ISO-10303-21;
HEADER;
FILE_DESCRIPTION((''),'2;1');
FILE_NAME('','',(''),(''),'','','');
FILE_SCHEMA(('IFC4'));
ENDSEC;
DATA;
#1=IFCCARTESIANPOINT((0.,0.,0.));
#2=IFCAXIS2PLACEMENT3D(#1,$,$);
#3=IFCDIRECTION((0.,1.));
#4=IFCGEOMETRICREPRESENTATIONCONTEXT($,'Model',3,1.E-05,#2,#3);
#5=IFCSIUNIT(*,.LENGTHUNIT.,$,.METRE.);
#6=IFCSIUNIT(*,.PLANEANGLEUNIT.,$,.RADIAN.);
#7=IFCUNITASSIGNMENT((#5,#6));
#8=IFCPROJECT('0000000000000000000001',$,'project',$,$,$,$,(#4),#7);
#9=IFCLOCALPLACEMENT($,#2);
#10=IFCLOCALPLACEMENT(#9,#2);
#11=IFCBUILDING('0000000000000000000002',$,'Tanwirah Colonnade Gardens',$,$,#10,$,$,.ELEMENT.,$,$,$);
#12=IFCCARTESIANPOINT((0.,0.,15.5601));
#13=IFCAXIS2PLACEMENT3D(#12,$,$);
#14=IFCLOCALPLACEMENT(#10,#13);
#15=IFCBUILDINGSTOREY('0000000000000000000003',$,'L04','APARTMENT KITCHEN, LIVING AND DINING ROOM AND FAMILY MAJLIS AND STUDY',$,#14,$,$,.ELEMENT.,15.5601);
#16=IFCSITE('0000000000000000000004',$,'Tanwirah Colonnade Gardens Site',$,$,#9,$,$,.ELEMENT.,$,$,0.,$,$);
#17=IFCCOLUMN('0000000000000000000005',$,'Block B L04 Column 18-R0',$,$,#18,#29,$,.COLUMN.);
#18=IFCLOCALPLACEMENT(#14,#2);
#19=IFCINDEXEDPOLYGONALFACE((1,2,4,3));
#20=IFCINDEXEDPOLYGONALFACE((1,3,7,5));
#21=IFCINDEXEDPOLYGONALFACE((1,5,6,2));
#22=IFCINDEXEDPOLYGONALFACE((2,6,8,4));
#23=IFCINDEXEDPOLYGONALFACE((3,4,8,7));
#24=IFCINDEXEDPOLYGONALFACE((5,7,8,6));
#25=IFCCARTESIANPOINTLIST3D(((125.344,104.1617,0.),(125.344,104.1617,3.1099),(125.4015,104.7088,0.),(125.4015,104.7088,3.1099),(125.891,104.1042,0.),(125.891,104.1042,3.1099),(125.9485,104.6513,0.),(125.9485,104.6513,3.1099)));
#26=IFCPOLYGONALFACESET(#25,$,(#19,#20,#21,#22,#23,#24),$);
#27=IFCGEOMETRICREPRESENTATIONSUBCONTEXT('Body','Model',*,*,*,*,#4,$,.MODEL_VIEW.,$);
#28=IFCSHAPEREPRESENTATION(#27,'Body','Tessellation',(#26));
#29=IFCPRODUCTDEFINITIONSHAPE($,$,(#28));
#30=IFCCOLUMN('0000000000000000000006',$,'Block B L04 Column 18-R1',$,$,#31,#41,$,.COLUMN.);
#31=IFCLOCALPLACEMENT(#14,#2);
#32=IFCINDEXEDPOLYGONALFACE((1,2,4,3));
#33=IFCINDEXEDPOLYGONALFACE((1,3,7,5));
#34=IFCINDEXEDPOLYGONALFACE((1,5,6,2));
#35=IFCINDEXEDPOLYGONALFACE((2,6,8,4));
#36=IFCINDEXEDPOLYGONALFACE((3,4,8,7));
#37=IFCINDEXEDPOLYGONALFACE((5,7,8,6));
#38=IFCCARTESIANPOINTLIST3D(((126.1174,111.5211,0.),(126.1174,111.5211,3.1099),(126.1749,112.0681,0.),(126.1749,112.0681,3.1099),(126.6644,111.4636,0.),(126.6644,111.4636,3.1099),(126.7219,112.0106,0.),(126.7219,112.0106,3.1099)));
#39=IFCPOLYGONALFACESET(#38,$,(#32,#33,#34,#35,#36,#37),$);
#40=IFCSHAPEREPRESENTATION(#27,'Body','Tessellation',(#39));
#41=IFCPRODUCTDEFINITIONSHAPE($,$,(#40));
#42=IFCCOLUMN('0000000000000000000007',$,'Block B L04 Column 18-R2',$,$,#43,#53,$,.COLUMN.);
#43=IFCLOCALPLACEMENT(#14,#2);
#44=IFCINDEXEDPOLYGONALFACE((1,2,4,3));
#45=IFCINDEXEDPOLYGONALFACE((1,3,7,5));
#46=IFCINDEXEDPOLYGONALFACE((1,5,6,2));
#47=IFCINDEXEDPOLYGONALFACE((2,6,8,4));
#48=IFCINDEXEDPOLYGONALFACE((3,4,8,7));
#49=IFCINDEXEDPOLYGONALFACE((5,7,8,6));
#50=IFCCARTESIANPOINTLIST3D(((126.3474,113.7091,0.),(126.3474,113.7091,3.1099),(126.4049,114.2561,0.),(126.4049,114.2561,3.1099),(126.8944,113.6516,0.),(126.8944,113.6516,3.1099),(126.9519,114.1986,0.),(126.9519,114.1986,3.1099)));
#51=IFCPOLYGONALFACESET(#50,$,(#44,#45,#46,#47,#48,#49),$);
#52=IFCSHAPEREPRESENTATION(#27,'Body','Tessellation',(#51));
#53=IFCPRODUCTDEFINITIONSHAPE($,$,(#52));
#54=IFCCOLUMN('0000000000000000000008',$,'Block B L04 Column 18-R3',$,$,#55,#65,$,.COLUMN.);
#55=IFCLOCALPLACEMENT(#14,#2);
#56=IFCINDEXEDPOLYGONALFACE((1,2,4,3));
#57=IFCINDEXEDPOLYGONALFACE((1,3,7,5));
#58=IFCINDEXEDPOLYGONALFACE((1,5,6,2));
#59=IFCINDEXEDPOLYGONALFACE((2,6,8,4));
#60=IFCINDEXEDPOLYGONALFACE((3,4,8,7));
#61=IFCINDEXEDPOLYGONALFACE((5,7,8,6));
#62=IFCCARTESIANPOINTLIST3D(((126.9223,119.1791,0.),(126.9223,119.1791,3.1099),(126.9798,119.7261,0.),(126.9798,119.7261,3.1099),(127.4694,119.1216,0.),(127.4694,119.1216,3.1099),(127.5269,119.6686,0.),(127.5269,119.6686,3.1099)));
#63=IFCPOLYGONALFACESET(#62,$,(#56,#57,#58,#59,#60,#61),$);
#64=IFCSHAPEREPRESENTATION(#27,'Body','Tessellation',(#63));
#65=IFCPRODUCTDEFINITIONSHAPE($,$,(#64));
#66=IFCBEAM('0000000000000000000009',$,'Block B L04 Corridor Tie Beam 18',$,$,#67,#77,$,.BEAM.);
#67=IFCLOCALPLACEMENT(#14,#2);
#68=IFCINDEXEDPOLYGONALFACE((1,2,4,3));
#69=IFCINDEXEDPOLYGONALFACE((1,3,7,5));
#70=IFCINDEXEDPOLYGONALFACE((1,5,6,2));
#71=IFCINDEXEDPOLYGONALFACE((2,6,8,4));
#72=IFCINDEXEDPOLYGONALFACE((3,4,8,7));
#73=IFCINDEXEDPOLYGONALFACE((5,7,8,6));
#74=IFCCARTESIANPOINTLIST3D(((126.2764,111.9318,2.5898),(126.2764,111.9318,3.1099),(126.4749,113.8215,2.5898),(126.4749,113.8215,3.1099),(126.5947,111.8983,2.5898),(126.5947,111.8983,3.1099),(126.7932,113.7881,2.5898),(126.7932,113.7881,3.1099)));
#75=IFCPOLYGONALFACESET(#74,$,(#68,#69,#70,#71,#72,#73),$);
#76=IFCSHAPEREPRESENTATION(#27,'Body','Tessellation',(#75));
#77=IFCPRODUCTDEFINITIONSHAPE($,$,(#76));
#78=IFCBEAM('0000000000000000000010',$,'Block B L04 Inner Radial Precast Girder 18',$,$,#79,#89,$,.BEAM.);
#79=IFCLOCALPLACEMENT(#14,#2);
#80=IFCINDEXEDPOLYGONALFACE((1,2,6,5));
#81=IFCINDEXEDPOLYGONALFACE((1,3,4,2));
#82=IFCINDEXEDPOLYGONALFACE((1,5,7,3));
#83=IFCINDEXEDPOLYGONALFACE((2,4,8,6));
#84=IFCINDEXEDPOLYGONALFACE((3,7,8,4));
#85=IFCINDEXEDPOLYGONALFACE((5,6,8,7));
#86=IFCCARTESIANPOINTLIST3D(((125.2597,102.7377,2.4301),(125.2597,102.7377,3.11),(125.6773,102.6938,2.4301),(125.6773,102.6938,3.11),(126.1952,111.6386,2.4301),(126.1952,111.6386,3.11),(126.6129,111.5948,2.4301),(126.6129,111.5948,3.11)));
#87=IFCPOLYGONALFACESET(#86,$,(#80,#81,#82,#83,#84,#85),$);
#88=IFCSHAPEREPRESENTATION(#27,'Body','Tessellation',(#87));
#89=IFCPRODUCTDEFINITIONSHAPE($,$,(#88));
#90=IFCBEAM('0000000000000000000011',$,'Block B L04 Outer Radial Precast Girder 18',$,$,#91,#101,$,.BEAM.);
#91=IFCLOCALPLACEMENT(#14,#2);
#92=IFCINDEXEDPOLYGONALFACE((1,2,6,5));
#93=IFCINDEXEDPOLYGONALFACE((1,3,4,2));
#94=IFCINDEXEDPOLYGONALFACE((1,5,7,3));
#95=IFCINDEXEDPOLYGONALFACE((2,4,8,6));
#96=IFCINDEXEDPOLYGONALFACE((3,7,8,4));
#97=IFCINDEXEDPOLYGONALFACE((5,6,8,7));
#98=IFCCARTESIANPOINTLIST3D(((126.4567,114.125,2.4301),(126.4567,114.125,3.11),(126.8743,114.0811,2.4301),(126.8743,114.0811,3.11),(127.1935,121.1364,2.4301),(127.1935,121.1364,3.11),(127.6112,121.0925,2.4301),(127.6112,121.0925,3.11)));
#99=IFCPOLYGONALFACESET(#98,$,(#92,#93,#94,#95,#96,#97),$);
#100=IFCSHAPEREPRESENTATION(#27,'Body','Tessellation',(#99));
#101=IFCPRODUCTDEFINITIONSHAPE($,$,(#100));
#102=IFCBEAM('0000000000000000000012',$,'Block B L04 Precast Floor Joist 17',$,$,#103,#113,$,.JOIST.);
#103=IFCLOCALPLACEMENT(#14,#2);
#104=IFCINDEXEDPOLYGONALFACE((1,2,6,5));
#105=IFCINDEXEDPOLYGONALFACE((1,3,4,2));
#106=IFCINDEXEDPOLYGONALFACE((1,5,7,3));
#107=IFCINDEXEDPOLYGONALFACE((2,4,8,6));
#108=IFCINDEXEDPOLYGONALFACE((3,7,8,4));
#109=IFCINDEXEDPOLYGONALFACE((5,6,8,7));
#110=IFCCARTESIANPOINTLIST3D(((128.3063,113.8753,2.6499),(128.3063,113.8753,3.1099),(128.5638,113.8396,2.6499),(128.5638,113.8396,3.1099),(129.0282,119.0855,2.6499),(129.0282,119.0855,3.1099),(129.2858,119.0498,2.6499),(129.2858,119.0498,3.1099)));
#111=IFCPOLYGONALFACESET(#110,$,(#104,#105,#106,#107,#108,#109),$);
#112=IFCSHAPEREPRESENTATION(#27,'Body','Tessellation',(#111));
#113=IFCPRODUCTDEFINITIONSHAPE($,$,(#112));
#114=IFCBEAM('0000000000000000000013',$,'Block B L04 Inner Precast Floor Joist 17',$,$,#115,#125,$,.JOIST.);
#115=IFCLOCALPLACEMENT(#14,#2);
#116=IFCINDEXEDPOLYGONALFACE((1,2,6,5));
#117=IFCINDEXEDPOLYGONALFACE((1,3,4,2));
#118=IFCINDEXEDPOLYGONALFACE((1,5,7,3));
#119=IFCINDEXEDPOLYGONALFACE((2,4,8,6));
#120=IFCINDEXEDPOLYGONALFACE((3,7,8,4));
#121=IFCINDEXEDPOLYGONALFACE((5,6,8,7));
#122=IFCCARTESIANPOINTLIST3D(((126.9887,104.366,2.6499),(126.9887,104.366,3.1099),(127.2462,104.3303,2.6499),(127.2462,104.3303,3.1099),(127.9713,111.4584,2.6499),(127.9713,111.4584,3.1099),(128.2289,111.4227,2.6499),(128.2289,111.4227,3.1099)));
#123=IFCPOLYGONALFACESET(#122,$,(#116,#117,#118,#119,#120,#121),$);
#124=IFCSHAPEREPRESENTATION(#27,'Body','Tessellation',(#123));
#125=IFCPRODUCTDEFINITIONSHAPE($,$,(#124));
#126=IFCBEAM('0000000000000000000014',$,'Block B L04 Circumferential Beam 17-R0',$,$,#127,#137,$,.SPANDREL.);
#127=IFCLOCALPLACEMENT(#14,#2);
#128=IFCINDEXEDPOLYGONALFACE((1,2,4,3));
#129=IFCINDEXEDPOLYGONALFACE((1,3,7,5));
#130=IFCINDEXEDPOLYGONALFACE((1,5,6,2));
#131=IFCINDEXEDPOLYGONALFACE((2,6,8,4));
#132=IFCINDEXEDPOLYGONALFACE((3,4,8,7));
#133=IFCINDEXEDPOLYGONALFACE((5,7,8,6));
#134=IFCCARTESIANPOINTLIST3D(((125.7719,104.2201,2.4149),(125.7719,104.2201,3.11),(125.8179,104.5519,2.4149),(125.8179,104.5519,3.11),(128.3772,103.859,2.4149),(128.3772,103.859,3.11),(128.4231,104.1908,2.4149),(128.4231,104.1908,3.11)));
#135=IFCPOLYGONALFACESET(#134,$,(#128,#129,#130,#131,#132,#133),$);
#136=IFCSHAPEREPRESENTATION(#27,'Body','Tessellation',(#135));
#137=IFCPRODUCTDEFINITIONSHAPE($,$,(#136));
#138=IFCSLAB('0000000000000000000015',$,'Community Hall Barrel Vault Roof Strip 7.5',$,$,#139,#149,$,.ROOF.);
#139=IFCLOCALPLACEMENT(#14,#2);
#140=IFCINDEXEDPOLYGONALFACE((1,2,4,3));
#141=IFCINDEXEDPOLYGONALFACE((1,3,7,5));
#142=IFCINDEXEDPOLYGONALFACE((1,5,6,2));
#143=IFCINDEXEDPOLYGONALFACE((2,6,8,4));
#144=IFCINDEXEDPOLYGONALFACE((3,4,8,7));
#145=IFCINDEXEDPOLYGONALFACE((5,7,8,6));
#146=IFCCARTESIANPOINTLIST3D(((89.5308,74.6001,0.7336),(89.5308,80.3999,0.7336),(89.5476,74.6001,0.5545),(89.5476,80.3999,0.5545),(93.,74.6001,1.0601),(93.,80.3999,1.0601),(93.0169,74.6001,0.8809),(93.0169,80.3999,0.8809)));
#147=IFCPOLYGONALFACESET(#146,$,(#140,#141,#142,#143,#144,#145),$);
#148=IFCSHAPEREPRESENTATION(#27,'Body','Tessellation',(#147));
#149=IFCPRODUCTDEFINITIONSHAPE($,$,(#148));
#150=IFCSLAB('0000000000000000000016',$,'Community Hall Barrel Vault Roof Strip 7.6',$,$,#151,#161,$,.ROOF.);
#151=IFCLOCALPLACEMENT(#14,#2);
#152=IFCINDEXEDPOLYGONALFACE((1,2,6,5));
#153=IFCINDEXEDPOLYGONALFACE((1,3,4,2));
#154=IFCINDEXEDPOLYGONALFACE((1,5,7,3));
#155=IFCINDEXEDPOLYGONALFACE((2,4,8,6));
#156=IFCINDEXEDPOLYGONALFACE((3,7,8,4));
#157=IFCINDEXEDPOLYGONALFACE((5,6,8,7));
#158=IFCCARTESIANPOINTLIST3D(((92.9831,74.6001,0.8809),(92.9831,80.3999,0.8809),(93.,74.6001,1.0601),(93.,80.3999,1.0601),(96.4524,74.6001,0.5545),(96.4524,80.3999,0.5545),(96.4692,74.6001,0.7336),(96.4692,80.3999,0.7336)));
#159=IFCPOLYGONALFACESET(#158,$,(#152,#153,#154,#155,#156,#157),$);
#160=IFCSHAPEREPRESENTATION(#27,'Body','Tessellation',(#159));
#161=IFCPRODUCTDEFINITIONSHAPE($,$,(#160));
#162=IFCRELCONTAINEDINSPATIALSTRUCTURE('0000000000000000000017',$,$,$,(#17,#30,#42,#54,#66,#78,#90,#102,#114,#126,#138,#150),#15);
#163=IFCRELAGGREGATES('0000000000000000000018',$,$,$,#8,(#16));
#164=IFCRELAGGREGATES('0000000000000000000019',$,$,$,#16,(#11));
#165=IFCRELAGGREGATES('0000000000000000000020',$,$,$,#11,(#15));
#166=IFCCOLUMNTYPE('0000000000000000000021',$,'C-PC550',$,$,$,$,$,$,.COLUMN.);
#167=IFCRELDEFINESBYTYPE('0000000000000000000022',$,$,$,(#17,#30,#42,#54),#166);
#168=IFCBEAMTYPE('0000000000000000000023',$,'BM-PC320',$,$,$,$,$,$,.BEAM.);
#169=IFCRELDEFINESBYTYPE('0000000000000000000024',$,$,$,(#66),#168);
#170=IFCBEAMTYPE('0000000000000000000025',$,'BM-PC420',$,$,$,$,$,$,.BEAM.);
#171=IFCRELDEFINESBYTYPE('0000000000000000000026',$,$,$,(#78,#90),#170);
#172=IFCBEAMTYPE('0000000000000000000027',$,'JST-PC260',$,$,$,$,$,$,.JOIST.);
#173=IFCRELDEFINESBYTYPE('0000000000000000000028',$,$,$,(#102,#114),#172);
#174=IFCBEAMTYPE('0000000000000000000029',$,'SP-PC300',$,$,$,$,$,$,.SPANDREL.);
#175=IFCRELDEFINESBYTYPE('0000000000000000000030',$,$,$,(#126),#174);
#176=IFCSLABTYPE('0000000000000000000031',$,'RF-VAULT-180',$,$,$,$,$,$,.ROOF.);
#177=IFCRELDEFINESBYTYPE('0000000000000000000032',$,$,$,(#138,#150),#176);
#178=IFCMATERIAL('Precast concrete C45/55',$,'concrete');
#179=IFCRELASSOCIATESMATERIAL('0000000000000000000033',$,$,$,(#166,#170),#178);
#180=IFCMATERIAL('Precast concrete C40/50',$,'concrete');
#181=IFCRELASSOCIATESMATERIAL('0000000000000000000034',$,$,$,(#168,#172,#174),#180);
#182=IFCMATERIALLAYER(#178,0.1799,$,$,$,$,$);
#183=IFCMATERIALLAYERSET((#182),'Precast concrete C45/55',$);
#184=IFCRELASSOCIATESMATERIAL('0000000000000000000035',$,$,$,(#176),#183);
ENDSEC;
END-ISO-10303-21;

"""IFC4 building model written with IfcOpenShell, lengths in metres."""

from ifc_helpers import new_model, si_unit, direction, frame, origin, origin_2d, place, context, subcontext, project, spatial, polyline, rectangle, outline, extrude, material, layer, layer_set, material_profile, profile_set, type_object, element, save


model = new_model("IFC4")

# Units and contexts
model_context = context("Model", 3, precision=1e-05, world=origin(), true_north=direction((0.0, 1.0)))
body_context = subcontext(model_context, "Body", "Model", "MODEL_VIEW")
ifc_project = project(units=[si_unit("LENGTHUNIT", "METRE"), si_unit("PLANEANGLEUNIT", "RADIAN")], contexts=[model_context])

# Site, building, storey
site_placement = place(None, origin())
site = spatial("IfcSite", under=ifc_project, at=site_placement, Name="Tanwirah Colonnade Gardens Site", CompositionType="ELEMENT", RefElevation=0.0)
building_placement = place(site_placement, origin())
building = spatial("IfcBuilding", under=site, at=building_placement, Name="Tanwirah Colonnade Gardens", CompositionType="ELEMENT")
storey_placement = place(building_placement, frame((0.0, 0.0, 15.5601)))
storey = spatial("IfcBuildingStorey", under=building, at=storey_placement, Name="L04", Description="APARTMENT KITCHEN, LIVING AND DINING ROOM AND FAMILY MAJLIS AND STUDY", CompositionType="ELEMENT", Elevation=15.5601)

# Columns
ifc_material_1 = material(Name="Precast concrete C45/55", Category="concrete")
ifc_material_profile_1 = material_profile(ifc_material_1, rectangle(XDim=0.55, YDim=0.55, at=origin_2d()), Name="PC-COL 550x550")
ifc_profile_set_1 = profile_set([ifc_material_profile_1], Name="Precast concrete C45/55")
column_type = type_object("IfcColumnType", Name="C-PC550", PredefinedType="COLUMN", material=ifc_profile_set_1)
for number, where, z_axis, x_axis, name in (
    (1, (125.6462, 104.4065, 0.0), (0.0, 0.0, 1.0), (0.104528, 0.994522, 0.0), "Block B L04 Column 18-R0"),
    (2, (126.4197, 111.7659, 0.0), (0.0, 0.0, 1.0), (0.104528, 0.994522, 0.0), "Block B L04 Column 18-R1"),
    (3, (126.6497, 113.9539, 0.0), (0.0, 0.0, 1.0), (0.104528, 0.994522, 0.0), "Block B L04 Column 18-R2"),
    (4, (127.2246, 119.4238, 0.0), (0.0, 0.0, 1.0), (0.104528, 0.994522, 0.0), "Block B L04 Column 18-R3"),
):
    element("IfcColumn", number, at=place(storey_placement, frame(where, z_axis=z_axis, x_axis=x_axis)), inside=storey, type_object=column_type, Name=name, PredefinedType="COLUMN", context=body_context, shape_type="SweptSolid", body=[
        extrude(rectangle(XDim=0.55, YDim=0.55, at=origin_2d()), origin(), (0.0, 0.0, 1.0), 3.1099),
    ])

# Beams
ifc_material_2 = material(Name="Precast concrete C40/50", Category="concrete")
ifc_material_profile_2 = material_profile(ifc_material_2, rectangle(XDim=0.3201, YDim=0.52, at=origin_2d()), Name="PC-BM 320x520")
ifc_profile_set_2 = profile_set([ifc_material_profile_2], Name="Precast concrete C40/50")
beam_type_1 = type_object("IfcBeamType", Name="BM-PC320", PredefinedType="BEAM", material=ifc_profile_set_2)
beam_1_placement = place(storey_placement, frame((126.4355, 111.915, 2.8499), z_axis=(0.104464, 0.994529, 0.0), x_axis=(-0.994529, 0.104464, 0.0)))
element("IfcBeam", 5, at=beam_1_placement, inside=storey, type_object=beam_type_1, Name="Block B L04 Corridor Tie Beam 18", PredefinedType="BEAM", context=body_context, shape_type="SweptSolid", body=[
    extrude(rectangle(XDim=0.3201, YDim=0.52, at=origin_2d()), origin(), (0.0, 0.0, 1.0), 1.9001),
])
ifc_material_profile_3 = material_profile(ifc_material_1, rectangle(XDim=0.4199, YDim=0.6799, at=origin_2d()), Name="PC-BM 420x680")
ifc_profile_set_3 = profile_set([ifc_material_profile_3], Name="Precast concrete C45/55")
beam_type_2 = type_object("IfcBeamType", Name="BM-PC420", PredefinedType="BEAM", material=ifc_profile_set_3)
beam_2_placement = place(storey_placement, frame((126.4041, 111.6167, 2.77), z_axis=(-0.104531, -0.994522, 0.0), x_axis=(0.994522, -0.104531, 0.0)))
element("IfcBeam", 6, at=beam_2_placement, inside=storey, type_object=beam_type_2, Name="Block B L04 Inner Radial Precast Girder 18", PredefinedType="BEAM", context=body_context, shape_type="SweptSolid", body=[
    extrude(rectangle(XDim=0.4199, YDim=0.6799, at=origin_2d()), origin(), (0.0, 0.0, 1.0), 8.95),
])
beam_3_placement = place(storey_placement, frame((126.6655, 114.103, 2.77), z_axis=(0.104512, 0.994524, 0.0), x_axis=(-0.994524, 0.104512, 0.0)))
element("IfcBeam", 7, at=beam_3_placement, inside=storey, type_object=beam_type_2, Name="Block B L04 Outer Radial Precast Girder 18", PredefinedType="BEAM", context=body_context, shape_type="SweptSolid", body=[
    extrude(rectangle(XDim=0.4199, YDim=0.6799, at=origin_2d()), origin(), (0.0, 0.0, 1.0), 7.05),
])
ifc_material_profile_4 = material_profile(ifc_material_2, rectangle(XDim=0.26, YDim=0.46, at=origin_2d()), Name="PC-JST 260x460")
ifc_profile_set_4 = profile_set([ifc_material_profile_4], Name="Precast concrete C40/50")
beam_type_3 = type_object("IfcBeamType", Name="JST-PC260", PredefinedType="JOIST", material=ifc_profile_set_4)
beam_4_placement = place(storey_placement, frame((128.4351, 113.8574, 2.8799), z_axis=(0.137248, 0.990537, 0.0), x_axis=(-0.990537, 0.137248, 0.0)))
element("IfcBeam", 8, at=beam_4_placement, inside=storey, type_object=beam_type_3, Name="Block B L04 Precast Floor Joist 17", PredefinedType="JOIST", context=body_context, shape_type="SweptSolid", body=[
    extrude(rectangle(XDim=0.26, YDim=0.46, at=origin_2d()), origin(), (0.0, 0.0, 1.0), 5.26),
])
beam_5_placement = place(storey_placement, frame((127.1174, 104.3481, 2.8799), z_axis=(0.137243, 0.990537, 0.0), x_axis=(-0.990537, 0.137243, 0.0)))
element("IfcBeam", 9, at=beam_5_placement, inside=storey, type_object=beam_type_3, Name="Block B L04 Inner Precast Floor Joist 17", PredefinedType="JOIST", context=body_context, shape_type="SweptSolid", body=[
    extrude(rectangle(XDim=0.26, YDim=0.46, at=origin_2d()), origin(), (0.0, 0.0, 1.0), 7.1602),
])
ifc_material_profile_5 = material_profile(ifc_material_2, rectangle(XDim=0.335, YDim=0.6951, at=origin_2d()), Name="PC-SP 335x695")
ifc_profile_set_5 = profile_set([ifc_material_profile_5], Name="Precast concrete C40/50")
beam_type_4 = type_object("IfcBeamType", Name="SP-PC300", PredefinedType="SPANDREL", material=ifc_profile_set_5)
beam_6_placement = place(storey_placement, frame((128.4001, 104.0249, 2.7625), z_axis=(-0.990531, 0.137288, 0.0), x_axis=(-0.137288, -0.990531, 0.0)))
element("IfcBeam", 10, at=beam_6_placement, inside=storey, type_object=beam_type_4, Name="Block B L04 Circumferential Beam 17-R0", PredefinedType="SPANDREL", context=body_context, shape_type="SweptSolid", body=[
    extrude(rectangle(XDim=0.335, YDim=0.6951, at=origin_2d()), origin(), (0.0, 0.0, 1.0), 2.6301),
])

# Slabs
ifc_layer_1 = layer(ifc_material_1, 0.1799)
ifc_layer_set_1 = layer_set([ifc_layer_1], Name="Precast concrete C45/55")
slab_type = type_object("IfcSlabType", Name="RF-VAULT-180", PredefinedType="ROOF", material=ifc_layer_set_1)
for number, where, z_axis, x_axis, name in (
    (11, (89.5308, 74.6001, 0.7336), (-0.093675, 0.0, 0.995603), (0.995603, 0.0, 0.093675), "Community Hall Barrel Vault Roof Strip 7.5"),
    (12, (93.0, 74.6001, 1.0601), (0.093675, 0.0, 0.995603), (0.995603, 0.0, -0.093675), "Community Hall Barrel Vault Roof Strip 7.6"),
):
    element("IfcSlab", number, at=place(storey_placement, frame(where, z_axis=z_axis, x_axis=x_axis)), inside=storey, type_object=slab_type, Name=name, PredefinedType="ROOF", context=body_context, shape_type="SweptSolid", body=[
        extrude(outline(polyline([(0.0, 0.0), (3.4846, 0.0), (3.4846, 5.7998), (0.0, 5.7998), (0.0, 0.0)])), origin(), (0.0, 0.0, -1.0), 0.1799),
    ])

save(model, "model.ifc")
